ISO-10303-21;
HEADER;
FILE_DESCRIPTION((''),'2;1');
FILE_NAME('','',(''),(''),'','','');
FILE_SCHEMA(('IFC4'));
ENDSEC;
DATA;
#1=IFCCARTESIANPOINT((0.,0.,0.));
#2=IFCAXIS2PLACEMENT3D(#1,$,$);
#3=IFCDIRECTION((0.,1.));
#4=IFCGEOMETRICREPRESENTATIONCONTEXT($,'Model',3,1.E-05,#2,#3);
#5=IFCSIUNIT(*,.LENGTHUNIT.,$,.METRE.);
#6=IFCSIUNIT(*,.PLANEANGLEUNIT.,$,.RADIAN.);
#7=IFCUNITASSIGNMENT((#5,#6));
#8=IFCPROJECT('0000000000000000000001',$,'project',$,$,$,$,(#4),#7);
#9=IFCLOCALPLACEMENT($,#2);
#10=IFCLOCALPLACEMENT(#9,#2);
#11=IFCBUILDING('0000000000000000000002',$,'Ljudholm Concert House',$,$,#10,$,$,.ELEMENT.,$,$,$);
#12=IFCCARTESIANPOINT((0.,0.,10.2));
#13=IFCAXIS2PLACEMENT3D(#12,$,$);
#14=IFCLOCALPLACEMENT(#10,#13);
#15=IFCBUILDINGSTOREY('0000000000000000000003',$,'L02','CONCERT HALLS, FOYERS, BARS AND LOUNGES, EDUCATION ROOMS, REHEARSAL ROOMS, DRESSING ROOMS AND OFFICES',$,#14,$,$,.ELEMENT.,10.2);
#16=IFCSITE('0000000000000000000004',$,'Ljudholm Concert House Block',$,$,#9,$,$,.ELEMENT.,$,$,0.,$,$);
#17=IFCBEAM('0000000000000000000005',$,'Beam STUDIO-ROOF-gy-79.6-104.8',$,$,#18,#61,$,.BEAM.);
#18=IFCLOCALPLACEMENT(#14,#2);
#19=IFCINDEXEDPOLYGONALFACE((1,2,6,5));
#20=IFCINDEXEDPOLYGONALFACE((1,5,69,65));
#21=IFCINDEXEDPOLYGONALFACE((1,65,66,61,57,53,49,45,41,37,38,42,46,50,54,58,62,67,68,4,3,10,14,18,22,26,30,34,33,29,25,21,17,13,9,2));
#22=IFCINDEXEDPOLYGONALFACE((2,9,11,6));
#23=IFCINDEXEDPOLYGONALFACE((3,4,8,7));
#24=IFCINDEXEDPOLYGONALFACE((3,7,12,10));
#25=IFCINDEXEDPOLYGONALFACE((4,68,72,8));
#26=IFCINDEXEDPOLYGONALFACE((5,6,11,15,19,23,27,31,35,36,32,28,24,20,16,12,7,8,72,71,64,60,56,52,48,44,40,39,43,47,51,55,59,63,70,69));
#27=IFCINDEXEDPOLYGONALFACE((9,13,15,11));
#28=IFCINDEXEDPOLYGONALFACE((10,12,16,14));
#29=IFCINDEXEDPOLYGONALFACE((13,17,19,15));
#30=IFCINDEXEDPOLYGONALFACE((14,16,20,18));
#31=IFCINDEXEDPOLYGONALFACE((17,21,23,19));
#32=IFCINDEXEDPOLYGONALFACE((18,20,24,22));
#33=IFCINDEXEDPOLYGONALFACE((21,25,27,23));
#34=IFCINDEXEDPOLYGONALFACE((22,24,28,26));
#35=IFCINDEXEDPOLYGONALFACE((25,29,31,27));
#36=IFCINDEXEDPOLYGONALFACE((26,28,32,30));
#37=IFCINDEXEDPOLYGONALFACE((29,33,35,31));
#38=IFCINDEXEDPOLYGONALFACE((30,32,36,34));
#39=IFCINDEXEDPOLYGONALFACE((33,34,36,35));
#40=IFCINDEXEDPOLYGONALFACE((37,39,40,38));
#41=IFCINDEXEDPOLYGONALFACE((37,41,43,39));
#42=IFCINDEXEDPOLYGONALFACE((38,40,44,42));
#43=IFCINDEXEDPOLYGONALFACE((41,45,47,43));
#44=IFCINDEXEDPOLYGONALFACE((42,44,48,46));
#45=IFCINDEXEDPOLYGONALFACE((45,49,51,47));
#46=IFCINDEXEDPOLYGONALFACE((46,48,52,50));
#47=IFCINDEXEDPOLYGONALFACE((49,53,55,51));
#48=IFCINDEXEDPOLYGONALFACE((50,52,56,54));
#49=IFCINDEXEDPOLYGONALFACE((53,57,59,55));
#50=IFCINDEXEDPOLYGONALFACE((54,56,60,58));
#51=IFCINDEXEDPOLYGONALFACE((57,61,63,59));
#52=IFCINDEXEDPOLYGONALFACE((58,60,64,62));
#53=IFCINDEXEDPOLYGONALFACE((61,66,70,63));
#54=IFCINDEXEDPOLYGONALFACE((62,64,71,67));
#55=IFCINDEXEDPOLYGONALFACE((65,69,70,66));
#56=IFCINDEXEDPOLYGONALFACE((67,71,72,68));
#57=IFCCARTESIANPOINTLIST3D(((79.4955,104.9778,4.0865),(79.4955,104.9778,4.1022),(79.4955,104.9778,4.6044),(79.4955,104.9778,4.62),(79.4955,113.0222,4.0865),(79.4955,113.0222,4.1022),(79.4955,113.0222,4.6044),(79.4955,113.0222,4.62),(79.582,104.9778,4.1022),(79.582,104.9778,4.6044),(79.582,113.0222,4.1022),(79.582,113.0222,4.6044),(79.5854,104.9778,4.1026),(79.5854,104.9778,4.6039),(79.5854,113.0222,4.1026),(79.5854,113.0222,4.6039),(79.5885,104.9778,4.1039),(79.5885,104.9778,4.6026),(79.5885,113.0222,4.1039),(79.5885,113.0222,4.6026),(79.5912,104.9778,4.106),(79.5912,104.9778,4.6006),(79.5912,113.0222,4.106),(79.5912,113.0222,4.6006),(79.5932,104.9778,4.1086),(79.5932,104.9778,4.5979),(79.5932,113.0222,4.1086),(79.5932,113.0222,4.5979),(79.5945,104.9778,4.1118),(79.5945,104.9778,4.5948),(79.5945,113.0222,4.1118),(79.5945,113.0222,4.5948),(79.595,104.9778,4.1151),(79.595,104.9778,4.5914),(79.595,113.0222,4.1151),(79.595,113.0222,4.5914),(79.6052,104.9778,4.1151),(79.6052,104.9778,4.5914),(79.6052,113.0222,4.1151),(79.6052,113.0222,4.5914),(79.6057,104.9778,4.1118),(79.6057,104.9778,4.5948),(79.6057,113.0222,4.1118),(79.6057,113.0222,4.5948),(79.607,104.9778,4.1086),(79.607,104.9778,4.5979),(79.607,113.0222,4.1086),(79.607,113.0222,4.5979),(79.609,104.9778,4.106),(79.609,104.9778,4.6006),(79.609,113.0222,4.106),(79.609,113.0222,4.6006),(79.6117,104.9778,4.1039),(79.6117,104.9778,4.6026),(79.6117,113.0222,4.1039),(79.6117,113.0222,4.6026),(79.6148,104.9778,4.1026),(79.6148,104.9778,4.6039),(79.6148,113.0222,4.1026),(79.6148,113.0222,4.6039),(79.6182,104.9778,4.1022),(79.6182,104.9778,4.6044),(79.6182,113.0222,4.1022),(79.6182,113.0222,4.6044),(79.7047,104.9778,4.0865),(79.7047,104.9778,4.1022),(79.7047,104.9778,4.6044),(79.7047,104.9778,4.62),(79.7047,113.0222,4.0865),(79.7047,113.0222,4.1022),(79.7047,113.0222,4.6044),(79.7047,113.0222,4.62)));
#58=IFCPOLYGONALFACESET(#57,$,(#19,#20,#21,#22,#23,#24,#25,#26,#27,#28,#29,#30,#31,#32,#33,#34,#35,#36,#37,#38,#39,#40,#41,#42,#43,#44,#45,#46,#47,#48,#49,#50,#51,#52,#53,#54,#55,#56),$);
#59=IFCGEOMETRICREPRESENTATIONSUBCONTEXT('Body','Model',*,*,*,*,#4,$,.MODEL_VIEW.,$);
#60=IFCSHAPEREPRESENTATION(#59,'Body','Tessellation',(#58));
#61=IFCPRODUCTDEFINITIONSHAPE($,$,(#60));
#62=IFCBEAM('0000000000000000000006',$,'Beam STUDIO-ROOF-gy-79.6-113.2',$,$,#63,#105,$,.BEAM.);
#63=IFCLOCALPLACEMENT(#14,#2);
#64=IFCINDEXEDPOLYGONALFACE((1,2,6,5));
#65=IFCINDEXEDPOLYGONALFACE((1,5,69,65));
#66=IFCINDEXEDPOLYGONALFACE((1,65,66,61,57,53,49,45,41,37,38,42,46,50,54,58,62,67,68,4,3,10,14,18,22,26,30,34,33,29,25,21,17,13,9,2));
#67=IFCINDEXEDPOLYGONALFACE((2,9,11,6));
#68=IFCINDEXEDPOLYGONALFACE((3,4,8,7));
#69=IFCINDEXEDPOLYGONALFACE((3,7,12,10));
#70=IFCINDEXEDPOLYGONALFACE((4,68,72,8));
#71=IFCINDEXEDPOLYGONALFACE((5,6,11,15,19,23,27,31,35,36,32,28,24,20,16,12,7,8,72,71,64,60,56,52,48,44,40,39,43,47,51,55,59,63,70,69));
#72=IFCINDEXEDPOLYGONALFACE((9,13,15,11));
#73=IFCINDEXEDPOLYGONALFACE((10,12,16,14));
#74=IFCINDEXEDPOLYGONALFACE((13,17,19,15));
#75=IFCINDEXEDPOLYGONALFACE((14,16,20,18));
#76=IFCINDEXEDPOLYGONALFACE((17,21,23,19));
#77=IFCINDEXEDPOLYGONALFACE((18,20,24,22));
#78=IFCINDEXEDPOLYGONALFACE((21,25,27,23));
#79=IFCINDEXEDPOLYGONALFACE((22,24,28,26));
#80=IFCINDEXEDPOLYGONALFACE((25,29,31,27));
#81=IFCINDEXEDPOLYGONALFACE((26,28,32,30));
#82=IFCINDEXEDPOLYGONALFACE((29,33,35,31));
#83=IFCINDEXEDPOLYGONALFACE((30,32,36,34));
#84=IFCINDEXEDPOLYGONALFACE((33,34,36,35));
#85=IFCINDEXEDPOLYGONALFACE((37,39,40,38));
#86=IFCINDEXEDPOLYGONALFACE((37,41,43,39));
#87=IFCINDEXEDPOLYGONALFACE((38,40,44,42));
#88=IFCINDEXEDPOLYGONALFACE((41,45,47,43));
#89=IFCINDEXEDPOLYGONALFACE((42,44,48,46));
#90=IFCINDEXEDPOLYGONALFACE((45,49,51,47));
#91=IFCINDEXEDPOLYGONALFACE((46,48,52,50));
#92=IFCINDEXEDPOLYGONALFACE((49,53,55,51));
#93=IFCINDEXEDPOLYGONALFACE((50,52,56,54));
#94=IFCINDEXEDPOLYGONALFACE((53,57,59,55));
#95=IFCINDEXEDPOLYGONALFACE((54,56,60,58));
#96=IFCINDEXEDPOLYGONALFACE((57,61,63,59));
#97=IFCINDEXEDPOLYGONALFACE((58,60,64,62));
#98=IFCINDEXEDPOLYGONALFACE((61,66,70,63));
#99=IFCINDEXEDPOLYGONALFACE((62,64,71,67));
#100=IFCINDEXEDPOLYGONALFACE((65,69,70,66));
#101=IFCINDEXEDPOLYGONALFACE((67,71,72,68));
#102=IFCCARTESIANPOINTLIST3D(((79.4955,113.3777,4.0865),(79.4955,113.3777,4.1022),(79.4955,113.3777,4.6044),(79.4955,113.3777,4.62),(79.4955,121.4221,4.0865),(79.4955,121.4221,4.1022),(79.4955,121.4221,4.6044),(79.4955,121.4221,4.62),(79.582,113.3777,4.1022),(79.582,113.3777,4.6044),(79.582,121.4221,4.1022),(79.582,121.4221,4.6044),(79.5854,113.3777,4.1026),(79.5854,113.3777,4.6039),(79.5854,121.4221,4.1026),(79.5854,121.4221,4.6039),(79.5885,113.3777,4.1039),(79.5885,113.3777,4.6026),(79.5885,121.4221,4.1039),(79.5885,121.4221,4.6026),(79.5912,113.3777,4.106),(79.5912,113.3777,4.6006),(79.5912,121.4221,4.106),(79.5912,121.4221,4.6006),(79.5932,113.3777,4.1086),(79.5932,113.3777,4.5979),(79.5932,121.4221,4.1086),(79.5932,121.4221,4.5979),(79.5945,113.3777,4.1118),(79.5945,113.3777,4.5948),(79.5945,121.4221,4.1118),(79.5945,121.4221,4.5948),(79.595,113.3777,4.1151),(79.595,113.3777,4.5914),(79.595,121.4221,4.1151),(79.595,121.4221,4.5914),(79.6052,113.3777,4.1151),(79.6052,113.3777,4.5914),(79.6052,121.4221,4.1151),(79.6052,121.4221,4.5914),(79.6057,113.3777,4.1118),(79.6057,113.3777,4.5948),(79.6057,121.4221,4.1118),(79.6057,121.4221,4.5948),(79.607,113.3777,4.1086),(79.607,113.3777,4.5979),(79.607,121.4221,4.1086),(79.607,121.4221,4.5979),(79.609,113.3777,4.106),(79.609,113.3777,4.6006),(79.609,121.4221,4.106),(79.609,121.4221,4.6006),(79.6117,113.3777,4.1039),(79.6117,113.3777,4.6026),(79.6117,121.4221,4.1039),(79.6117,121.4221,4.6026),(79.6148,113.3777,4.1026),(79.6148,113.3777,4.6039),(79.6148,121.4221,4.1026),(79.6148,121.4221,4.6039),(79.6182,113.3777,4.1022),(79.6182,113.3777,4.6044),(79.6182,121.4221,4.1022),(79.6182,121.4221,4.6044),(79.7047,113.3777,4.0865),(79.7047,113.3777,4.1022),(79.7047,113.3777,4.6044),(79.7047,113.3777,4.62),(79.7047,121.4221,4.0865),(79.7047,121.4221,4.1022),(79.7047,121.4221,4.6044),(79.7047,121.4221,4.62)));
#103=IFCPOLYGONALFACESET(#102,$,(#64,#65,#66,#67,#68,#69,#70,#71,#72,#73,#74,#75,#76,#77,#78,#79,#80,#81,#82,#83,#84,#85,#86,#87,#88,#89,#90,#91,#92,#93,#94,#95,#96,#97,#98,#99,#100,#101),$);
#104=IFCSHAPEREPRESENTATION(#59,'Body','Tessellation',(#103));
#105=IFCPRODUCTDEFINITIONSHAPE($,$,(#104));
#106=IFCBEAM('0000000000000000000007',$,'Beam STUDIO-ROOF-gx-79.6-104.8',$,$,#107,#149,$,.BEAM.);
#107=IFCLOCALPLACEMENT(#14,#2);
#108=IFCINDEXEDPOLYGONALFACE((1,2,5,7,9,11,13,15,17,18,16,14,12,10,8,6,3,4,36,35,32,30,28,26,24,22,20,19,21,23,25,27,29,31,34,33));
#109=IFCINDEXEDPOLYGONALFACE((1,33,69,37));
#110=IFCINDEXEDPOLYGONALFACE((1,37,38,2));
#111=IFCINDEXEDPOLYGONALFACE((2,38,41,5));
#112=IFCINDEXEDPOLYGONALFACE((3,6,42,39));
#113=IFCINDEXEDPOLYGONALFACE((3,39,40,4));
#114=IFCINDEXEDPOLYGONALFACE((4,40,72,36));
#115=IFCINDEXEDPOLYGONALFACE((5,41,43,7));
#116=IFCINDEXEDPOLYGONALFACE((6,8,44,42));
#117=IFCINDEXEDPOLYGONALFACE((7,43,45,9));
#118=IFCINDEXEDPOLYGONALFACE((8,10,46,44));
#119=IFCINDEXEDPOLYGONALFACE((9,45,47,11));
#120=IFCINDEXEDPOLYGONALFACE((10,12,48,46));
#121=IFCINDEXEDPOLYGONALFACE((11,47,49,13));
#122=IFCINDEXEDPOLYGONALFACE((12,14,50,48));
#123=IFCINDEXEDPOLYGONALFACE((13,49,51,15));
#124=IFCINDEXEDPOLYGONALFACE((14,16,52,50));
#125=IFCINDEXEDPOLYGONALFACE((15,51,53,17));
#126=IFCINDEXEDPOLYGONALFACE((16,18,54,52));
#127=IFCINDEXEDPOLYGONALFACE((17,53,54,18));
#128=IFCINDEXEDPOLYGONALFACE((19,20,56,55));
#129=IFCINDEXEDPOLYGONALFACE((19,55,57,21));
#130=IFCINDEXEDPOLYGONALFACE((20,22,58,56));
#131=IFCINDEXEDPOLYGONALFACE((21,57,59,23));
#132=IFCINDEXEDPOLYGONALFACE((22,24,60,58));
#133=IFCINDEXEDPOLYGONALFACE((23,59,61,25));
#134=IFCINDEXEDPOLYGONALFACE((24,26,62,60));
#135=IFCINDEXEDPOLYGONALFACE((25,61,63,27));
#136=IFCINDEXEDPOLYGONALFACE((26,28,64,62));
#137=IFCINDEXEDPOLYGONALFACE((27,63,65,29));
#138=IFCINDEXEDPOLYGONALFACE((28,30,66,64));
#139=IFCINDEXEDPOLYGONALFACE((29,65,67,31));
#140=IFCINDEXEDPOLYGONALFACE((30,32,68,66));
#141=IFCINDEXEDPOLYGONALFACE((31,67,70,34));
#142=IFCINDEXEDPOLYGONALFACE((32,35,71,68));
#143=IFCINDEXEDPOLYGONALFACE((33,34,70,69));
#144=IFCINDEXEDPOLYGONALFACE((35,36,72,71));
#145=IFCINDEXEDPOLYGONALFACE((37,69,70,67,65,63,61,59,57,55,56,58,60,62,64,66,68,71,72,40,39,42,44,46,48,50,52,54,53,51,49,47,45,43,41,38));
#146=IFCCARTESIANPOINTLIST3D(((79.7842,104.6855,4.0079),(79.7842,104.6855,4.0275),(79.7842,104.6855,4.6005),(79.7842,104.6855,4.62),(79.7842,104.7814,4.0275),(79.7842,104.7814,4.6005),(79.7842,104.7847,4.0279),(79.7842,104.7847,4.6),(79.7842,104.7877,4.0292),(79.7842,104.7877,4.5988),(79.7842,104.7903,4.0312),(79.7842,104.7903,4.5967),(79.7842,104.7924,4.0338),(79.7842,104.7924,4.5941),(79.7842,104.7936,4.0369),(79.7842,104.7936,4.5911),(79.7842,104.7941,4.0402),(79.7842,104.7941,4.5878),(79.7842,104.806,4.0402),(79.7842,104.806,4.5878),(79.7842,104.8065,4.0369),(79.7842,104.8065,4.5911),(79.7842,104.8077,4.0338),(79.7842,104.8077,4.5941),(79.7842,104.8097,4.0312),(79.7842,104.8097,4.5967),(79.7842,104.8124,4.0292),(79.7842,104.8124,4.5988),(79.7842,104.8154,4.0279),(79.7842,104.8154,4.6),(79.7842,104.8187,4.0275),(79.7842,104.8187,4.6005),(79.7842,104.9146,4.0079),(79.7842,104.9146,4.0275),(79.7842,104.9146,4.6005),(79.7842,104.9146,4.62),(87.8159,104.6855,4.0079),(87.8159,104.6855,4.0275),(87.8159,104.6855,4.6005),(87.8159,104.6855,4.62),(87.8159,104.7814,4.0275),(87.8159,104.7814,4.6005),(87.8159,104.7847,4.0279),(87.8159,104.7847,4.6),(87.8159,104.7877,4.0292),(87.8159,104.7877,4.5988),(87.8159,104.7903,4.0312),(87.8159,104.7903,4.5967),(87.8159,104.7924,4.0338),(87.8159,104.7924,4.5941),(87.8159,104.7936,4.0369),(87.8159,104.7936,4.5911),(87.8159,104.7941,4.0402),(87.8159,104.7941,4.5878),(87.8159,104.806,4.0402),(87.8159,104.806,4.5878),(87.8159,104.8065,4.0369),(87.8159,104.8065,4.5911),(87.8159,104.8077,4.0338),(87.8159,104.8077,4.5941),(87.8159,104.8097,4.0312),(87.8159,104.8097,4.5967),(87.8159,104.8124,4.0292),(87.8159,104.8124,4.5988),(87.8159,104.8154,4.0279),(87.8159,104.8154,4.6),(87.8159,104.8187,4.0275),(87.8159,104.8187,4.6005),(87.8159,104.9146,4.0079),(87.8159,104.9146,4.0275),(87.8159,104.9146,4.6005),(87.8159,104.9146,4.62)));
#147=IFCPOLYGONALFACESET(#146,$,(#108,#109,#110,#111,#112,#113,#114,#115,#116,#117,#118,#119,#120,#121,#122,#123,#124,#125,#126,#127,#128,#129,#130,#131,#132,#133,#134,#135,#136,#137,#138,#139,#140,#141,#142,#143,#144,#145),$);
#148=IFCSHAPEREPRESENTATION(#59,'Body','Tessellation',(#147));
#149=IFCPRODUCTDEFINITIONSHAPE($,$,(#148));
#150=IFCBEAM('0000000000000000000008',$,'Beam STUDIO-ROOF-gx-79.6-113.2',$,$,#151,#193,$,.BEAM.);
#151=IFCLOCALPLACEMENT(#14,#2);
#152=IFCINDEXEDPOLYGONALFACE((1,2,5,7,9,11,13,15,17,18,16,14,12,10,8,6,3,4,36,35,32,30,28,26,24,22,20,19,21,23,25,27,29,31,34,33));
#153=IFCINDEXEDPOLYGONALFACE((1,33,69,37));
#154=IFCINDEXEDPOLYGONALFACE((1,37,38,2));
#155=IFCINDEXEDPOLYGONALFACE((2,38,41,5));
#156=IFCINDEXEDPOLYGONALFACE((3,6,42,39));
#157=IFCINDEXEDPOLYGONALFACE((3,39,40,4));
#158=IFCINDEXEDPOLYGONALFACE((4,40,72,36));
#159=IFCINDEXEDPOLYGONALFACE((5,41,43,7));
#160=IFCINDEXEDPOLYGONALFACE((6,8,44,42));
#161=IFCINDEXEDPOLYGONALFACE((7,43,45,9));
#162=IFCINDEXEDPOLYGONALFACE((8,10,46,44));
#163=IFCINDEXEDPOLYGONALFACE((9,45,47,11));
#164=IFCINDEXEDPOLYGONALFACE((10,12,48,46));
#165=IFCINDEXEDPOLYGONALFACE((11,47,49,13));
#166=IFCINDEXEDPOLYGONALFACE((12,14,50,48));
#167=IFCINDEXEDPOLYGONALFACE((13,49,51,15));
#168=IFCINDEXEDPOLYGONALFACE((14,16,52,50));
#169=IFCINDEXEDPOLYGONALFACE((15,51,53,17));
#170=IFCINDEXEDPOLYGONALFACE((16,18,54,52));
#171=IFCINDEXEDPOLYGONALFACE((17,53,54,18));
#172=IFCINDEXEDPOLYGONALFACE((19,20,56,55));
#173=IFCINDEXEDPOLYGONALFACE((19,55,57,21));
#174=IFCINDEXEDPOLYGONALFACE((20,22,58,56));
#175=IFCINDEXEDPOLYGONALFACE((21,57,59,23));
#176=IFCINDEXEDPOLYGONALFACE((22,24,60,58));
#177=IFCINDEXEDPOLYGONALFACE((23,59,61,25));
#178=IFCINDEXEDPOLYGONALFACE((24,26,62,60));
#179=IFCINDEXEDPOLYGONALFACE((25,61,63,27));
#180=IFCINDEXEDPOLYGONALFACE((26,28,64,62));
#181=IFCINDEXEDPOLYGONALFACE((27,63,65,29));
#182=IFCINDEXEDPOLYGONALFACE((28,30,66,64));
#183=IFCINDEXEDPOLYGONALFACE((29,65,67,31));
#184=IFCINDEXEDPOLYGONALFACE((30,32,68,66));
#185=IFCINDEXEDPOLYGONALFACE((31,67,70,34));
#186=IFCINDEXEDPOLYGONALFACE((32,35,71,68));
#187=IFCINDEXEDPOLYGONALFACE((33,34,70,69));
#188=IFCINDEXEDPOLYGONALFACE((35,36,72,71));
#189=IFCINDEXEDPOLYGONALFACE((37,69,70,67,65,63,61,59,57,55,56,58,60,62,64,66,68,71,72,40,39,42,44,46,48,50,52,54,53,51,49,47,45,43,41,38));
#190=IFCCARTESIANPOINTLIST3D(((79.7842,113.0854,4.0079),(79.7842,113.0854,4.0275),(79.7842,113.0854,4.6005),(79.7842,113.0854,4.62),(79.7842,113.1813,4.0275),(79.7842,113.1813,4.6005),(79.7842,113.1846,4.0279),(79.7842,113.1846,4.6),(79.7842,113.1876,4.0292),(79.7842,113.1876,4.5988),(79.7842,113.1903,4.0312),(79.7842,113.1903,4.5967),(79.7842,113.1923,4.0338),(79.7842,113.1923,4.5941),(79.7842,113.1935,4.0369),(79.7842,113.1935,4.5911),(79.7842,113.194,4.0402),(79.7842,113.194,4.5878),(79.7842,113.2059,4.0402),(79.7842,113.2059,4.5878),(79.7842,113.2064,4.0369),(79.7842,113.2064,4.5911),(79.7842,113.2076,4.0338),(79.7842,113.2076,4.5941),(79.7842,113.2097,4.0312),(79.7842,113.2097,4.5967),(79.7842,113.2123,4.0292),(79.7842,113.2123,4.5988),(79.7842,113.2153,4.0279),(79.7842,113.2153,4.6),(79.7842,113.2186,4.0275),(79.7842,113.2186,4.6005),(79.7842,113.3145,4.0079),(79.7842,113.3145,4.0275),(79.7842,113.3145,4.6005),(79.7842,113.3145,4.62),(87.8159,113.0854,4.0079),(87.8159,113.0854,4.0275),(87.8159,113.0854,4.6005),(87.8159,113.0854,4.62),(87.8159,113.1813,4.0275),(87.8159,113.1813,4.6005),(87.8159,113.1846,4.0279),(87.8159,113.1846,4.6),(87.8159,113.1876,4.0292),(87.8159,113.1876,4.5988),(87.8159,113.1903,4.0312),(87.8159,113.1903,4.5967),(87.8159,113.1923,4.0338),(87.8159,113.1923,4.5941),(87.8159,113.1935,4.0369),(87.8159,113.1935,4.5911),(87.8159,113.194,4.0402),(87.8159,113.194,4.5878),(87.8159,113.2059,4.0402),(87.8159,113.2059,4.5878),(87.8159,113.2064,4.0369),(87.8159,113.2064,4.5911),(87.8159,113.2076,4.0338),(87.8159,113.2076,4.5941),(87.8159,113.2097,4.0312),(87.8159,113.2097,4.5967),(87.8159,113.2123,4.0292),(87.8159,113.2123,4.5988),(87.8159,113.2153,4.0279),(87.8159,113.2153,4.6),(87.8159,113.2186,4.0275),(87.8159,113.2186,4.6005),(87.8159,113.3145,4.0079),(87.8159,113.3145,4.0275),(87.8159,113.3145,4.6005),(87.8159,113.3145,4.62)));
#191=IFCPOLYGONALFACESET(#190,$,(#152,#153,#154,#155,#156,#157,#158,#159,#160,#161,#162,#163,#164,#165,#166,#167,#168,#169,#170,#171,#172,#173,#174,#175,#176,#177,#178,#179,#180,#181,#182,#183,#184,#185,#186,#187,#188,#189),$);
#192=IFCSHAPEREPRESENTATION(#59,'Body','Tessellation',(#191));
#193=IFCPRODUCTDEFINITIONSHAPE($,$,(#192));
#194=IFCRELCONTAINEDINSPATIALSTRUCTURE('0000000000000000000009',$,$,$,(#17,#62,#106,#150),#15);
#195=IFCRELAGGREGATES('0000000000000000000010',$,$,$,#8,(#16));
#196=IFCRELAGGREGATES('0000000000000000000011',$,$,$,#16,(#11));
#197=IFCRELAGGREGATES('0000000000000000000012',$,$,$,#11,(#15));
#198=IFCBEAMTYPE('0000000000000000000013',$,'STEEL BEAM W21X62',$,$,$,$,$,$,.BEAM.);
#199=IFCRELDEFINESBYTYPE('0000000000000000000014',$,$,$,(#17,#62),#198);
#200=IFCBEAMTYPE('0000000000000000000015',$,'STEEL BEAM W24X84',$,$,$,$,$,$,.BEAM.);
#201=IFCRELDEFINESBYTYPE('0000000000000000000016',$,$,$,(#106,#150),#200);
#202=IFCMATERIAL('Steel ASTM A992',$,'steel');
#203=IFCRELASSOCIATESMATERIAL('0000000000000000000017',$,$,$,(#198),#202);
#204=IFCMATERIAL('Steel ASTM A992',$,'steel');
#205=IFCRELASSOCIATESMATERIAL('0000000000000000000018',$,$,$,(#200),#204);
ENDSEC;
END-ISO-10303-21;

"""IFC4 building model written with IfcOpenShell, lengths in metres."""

from ifc_helpers import new_model, si_unit, direction, frame, origin, origin_2d, place, context, subcontext, project, spatial, i_section, extrude, material, material_profile, profile_set, type_object, element, save


model = new_model("IFC4")

# Units and contexts
model_context = context("Model", 3, precision=1e-05, world=origin(), true_north=direction((0.0, 1.0)))
body_context = subcontext(model_context, "Body", "Model", "MODEL_VIEW")
ifc_project = project(units=[si_unit("LENGTHUNIT", "METRE"), si_unit("PLANEANGLEUNIT", "RADIAN")], contexts=[model_context])

# Site, building, storey
site_placement = place(None, origin())
site = spatial("IfcSite", under=ifc_project, at=site_placement, Name="Ljudholm Concert House Block", CompositionType="ELEMENT", RefElevation=0.0)
building_placement = place(site_placement, origin())
building = spatial("IfcBuilding", under=site, at=building_placement, Name="Ljudholm Concert House", CompositionType="ELEMENT")
storey_placement = place(building_placement, frame((0.0, 0.0, 10.2)))
storey = spatial("IfcBuildingStorey", under=building, at=storey_placement, Name="L02", Description="CONCERT HALLS, FOYERS, BARS AND LOUNGES, EDUCATION ROOMS, REHEARSAL ROOMS, DRESSING ROOMS AND OFFICES", CompositionType="ELEMENT", Elevation=10.2)

# Beams
ifc_material_1 = material(Name="Steel ASTM A992", Category="steel")
ifc_material_profile_1 = material_profile(ifc_material_1, i_section(OverallWidth=0.2092, OverallDepth=0.5334, WebThickness=0.0103, FlangeThickness=0.0156, FilletRadius=0.0129, at=origin_2d()), Name="W21X62")
ifc_profile_set_1 = profile_set([ifc_material_profile_1], Name="Steel ASTM A992")
beam_type_1 = type_object("IfcBeamType", Name="STEEL BEAM W21X62", PredefinedType="BEAM", material=ifc_profile_set_1)
for number, where, z_axis, x_axis, name in (
    (1, (79.6001, 104.9778, 4.3533), (0.0, 1.0, 0.0), (-1.0, 0.0, 0.0), "Beam STUDIO-ROOF-gy-79.6-104.8"),
    (2, (79.6001, 113.3777, 4.3533), (0.0, 1.0, 0.0), (-1.0, 0.0, 0.0), "Beam STUDIO-ROOF-gy-79.6-113.2"),
):
    element("IfcBeam", number, at=place(storey_placement, frame(where, z_axis=z_axis, x_axis=x_axis)), inside=storey, type_object=beam_type_1, Name=name, PredefinedType="BEAM", context=body_context, shape_type="SweptSolid", body=[
        extrude(i_section(OverallWidth=0.2092, OverallDepth=0.5334, WebThickness=0.0103, FlangeThickness=0.0156, FilletRadius=0.0129, at=origin_2d()), origin(), (0.0, 0.0, 1.0), 8.0444),
    ])
ifc_material_2 = material(Name="Steel ASTM A992", Category="steel")
ifc_material_profile_2 = material_profile(ifc_material_2, i_section(OverallWidth=0.229, OverallDepth=0.6121, WebThickness=0.012, FlangeThickness=0.0195, FilletRadius=0.0127, at=origin_2d()), Name="W24X84")
ifc_profile_set_2 = profile_set([ifc_material_profile_2], Name="Steel ASTM A992")
beam_type_2 = type_object("IfcBeamType", Name="STEEL BEAM W24X84", PredefinedType="BEAM", material=ifc_profile_set_2)
for number, where, z_axis, x_axis, name in (
    (3, (79.7842, 104.8, 4.314), (1.0, 0.0, 0.0), (0.0, 1.0, 0.0), "Beam STUDIO-ROOF-gx-79.6-104.8"),
    (4, (79.7842, 113.2, 4.314), (1.0, 0.0, 0.0), (0.0, 1.0, 0.0), "Beam STUDIO-ROOF-gx-79.6-113.2"),
):
    element("IfcBeam", number, at=place(storey_placement, frame(where, z_axis=z_axis, x_axis=x_axis)), inside=storey, type_object=beam_type_2, Name=name, PredefinedType="BEAM", context=body_context, shape_type="SweptSolid", body=[
        extrude(i_section(OverallWidth=0.229, OverallDepth=0.6121, WebThickness=0.012, FlangeThickness=0.0195, FilletRadius=0.0127, at=origin_2d()), origin(), (0.0, 0.0, 1.0), 8.0317),
    ])

save(model, "model.ifc")
